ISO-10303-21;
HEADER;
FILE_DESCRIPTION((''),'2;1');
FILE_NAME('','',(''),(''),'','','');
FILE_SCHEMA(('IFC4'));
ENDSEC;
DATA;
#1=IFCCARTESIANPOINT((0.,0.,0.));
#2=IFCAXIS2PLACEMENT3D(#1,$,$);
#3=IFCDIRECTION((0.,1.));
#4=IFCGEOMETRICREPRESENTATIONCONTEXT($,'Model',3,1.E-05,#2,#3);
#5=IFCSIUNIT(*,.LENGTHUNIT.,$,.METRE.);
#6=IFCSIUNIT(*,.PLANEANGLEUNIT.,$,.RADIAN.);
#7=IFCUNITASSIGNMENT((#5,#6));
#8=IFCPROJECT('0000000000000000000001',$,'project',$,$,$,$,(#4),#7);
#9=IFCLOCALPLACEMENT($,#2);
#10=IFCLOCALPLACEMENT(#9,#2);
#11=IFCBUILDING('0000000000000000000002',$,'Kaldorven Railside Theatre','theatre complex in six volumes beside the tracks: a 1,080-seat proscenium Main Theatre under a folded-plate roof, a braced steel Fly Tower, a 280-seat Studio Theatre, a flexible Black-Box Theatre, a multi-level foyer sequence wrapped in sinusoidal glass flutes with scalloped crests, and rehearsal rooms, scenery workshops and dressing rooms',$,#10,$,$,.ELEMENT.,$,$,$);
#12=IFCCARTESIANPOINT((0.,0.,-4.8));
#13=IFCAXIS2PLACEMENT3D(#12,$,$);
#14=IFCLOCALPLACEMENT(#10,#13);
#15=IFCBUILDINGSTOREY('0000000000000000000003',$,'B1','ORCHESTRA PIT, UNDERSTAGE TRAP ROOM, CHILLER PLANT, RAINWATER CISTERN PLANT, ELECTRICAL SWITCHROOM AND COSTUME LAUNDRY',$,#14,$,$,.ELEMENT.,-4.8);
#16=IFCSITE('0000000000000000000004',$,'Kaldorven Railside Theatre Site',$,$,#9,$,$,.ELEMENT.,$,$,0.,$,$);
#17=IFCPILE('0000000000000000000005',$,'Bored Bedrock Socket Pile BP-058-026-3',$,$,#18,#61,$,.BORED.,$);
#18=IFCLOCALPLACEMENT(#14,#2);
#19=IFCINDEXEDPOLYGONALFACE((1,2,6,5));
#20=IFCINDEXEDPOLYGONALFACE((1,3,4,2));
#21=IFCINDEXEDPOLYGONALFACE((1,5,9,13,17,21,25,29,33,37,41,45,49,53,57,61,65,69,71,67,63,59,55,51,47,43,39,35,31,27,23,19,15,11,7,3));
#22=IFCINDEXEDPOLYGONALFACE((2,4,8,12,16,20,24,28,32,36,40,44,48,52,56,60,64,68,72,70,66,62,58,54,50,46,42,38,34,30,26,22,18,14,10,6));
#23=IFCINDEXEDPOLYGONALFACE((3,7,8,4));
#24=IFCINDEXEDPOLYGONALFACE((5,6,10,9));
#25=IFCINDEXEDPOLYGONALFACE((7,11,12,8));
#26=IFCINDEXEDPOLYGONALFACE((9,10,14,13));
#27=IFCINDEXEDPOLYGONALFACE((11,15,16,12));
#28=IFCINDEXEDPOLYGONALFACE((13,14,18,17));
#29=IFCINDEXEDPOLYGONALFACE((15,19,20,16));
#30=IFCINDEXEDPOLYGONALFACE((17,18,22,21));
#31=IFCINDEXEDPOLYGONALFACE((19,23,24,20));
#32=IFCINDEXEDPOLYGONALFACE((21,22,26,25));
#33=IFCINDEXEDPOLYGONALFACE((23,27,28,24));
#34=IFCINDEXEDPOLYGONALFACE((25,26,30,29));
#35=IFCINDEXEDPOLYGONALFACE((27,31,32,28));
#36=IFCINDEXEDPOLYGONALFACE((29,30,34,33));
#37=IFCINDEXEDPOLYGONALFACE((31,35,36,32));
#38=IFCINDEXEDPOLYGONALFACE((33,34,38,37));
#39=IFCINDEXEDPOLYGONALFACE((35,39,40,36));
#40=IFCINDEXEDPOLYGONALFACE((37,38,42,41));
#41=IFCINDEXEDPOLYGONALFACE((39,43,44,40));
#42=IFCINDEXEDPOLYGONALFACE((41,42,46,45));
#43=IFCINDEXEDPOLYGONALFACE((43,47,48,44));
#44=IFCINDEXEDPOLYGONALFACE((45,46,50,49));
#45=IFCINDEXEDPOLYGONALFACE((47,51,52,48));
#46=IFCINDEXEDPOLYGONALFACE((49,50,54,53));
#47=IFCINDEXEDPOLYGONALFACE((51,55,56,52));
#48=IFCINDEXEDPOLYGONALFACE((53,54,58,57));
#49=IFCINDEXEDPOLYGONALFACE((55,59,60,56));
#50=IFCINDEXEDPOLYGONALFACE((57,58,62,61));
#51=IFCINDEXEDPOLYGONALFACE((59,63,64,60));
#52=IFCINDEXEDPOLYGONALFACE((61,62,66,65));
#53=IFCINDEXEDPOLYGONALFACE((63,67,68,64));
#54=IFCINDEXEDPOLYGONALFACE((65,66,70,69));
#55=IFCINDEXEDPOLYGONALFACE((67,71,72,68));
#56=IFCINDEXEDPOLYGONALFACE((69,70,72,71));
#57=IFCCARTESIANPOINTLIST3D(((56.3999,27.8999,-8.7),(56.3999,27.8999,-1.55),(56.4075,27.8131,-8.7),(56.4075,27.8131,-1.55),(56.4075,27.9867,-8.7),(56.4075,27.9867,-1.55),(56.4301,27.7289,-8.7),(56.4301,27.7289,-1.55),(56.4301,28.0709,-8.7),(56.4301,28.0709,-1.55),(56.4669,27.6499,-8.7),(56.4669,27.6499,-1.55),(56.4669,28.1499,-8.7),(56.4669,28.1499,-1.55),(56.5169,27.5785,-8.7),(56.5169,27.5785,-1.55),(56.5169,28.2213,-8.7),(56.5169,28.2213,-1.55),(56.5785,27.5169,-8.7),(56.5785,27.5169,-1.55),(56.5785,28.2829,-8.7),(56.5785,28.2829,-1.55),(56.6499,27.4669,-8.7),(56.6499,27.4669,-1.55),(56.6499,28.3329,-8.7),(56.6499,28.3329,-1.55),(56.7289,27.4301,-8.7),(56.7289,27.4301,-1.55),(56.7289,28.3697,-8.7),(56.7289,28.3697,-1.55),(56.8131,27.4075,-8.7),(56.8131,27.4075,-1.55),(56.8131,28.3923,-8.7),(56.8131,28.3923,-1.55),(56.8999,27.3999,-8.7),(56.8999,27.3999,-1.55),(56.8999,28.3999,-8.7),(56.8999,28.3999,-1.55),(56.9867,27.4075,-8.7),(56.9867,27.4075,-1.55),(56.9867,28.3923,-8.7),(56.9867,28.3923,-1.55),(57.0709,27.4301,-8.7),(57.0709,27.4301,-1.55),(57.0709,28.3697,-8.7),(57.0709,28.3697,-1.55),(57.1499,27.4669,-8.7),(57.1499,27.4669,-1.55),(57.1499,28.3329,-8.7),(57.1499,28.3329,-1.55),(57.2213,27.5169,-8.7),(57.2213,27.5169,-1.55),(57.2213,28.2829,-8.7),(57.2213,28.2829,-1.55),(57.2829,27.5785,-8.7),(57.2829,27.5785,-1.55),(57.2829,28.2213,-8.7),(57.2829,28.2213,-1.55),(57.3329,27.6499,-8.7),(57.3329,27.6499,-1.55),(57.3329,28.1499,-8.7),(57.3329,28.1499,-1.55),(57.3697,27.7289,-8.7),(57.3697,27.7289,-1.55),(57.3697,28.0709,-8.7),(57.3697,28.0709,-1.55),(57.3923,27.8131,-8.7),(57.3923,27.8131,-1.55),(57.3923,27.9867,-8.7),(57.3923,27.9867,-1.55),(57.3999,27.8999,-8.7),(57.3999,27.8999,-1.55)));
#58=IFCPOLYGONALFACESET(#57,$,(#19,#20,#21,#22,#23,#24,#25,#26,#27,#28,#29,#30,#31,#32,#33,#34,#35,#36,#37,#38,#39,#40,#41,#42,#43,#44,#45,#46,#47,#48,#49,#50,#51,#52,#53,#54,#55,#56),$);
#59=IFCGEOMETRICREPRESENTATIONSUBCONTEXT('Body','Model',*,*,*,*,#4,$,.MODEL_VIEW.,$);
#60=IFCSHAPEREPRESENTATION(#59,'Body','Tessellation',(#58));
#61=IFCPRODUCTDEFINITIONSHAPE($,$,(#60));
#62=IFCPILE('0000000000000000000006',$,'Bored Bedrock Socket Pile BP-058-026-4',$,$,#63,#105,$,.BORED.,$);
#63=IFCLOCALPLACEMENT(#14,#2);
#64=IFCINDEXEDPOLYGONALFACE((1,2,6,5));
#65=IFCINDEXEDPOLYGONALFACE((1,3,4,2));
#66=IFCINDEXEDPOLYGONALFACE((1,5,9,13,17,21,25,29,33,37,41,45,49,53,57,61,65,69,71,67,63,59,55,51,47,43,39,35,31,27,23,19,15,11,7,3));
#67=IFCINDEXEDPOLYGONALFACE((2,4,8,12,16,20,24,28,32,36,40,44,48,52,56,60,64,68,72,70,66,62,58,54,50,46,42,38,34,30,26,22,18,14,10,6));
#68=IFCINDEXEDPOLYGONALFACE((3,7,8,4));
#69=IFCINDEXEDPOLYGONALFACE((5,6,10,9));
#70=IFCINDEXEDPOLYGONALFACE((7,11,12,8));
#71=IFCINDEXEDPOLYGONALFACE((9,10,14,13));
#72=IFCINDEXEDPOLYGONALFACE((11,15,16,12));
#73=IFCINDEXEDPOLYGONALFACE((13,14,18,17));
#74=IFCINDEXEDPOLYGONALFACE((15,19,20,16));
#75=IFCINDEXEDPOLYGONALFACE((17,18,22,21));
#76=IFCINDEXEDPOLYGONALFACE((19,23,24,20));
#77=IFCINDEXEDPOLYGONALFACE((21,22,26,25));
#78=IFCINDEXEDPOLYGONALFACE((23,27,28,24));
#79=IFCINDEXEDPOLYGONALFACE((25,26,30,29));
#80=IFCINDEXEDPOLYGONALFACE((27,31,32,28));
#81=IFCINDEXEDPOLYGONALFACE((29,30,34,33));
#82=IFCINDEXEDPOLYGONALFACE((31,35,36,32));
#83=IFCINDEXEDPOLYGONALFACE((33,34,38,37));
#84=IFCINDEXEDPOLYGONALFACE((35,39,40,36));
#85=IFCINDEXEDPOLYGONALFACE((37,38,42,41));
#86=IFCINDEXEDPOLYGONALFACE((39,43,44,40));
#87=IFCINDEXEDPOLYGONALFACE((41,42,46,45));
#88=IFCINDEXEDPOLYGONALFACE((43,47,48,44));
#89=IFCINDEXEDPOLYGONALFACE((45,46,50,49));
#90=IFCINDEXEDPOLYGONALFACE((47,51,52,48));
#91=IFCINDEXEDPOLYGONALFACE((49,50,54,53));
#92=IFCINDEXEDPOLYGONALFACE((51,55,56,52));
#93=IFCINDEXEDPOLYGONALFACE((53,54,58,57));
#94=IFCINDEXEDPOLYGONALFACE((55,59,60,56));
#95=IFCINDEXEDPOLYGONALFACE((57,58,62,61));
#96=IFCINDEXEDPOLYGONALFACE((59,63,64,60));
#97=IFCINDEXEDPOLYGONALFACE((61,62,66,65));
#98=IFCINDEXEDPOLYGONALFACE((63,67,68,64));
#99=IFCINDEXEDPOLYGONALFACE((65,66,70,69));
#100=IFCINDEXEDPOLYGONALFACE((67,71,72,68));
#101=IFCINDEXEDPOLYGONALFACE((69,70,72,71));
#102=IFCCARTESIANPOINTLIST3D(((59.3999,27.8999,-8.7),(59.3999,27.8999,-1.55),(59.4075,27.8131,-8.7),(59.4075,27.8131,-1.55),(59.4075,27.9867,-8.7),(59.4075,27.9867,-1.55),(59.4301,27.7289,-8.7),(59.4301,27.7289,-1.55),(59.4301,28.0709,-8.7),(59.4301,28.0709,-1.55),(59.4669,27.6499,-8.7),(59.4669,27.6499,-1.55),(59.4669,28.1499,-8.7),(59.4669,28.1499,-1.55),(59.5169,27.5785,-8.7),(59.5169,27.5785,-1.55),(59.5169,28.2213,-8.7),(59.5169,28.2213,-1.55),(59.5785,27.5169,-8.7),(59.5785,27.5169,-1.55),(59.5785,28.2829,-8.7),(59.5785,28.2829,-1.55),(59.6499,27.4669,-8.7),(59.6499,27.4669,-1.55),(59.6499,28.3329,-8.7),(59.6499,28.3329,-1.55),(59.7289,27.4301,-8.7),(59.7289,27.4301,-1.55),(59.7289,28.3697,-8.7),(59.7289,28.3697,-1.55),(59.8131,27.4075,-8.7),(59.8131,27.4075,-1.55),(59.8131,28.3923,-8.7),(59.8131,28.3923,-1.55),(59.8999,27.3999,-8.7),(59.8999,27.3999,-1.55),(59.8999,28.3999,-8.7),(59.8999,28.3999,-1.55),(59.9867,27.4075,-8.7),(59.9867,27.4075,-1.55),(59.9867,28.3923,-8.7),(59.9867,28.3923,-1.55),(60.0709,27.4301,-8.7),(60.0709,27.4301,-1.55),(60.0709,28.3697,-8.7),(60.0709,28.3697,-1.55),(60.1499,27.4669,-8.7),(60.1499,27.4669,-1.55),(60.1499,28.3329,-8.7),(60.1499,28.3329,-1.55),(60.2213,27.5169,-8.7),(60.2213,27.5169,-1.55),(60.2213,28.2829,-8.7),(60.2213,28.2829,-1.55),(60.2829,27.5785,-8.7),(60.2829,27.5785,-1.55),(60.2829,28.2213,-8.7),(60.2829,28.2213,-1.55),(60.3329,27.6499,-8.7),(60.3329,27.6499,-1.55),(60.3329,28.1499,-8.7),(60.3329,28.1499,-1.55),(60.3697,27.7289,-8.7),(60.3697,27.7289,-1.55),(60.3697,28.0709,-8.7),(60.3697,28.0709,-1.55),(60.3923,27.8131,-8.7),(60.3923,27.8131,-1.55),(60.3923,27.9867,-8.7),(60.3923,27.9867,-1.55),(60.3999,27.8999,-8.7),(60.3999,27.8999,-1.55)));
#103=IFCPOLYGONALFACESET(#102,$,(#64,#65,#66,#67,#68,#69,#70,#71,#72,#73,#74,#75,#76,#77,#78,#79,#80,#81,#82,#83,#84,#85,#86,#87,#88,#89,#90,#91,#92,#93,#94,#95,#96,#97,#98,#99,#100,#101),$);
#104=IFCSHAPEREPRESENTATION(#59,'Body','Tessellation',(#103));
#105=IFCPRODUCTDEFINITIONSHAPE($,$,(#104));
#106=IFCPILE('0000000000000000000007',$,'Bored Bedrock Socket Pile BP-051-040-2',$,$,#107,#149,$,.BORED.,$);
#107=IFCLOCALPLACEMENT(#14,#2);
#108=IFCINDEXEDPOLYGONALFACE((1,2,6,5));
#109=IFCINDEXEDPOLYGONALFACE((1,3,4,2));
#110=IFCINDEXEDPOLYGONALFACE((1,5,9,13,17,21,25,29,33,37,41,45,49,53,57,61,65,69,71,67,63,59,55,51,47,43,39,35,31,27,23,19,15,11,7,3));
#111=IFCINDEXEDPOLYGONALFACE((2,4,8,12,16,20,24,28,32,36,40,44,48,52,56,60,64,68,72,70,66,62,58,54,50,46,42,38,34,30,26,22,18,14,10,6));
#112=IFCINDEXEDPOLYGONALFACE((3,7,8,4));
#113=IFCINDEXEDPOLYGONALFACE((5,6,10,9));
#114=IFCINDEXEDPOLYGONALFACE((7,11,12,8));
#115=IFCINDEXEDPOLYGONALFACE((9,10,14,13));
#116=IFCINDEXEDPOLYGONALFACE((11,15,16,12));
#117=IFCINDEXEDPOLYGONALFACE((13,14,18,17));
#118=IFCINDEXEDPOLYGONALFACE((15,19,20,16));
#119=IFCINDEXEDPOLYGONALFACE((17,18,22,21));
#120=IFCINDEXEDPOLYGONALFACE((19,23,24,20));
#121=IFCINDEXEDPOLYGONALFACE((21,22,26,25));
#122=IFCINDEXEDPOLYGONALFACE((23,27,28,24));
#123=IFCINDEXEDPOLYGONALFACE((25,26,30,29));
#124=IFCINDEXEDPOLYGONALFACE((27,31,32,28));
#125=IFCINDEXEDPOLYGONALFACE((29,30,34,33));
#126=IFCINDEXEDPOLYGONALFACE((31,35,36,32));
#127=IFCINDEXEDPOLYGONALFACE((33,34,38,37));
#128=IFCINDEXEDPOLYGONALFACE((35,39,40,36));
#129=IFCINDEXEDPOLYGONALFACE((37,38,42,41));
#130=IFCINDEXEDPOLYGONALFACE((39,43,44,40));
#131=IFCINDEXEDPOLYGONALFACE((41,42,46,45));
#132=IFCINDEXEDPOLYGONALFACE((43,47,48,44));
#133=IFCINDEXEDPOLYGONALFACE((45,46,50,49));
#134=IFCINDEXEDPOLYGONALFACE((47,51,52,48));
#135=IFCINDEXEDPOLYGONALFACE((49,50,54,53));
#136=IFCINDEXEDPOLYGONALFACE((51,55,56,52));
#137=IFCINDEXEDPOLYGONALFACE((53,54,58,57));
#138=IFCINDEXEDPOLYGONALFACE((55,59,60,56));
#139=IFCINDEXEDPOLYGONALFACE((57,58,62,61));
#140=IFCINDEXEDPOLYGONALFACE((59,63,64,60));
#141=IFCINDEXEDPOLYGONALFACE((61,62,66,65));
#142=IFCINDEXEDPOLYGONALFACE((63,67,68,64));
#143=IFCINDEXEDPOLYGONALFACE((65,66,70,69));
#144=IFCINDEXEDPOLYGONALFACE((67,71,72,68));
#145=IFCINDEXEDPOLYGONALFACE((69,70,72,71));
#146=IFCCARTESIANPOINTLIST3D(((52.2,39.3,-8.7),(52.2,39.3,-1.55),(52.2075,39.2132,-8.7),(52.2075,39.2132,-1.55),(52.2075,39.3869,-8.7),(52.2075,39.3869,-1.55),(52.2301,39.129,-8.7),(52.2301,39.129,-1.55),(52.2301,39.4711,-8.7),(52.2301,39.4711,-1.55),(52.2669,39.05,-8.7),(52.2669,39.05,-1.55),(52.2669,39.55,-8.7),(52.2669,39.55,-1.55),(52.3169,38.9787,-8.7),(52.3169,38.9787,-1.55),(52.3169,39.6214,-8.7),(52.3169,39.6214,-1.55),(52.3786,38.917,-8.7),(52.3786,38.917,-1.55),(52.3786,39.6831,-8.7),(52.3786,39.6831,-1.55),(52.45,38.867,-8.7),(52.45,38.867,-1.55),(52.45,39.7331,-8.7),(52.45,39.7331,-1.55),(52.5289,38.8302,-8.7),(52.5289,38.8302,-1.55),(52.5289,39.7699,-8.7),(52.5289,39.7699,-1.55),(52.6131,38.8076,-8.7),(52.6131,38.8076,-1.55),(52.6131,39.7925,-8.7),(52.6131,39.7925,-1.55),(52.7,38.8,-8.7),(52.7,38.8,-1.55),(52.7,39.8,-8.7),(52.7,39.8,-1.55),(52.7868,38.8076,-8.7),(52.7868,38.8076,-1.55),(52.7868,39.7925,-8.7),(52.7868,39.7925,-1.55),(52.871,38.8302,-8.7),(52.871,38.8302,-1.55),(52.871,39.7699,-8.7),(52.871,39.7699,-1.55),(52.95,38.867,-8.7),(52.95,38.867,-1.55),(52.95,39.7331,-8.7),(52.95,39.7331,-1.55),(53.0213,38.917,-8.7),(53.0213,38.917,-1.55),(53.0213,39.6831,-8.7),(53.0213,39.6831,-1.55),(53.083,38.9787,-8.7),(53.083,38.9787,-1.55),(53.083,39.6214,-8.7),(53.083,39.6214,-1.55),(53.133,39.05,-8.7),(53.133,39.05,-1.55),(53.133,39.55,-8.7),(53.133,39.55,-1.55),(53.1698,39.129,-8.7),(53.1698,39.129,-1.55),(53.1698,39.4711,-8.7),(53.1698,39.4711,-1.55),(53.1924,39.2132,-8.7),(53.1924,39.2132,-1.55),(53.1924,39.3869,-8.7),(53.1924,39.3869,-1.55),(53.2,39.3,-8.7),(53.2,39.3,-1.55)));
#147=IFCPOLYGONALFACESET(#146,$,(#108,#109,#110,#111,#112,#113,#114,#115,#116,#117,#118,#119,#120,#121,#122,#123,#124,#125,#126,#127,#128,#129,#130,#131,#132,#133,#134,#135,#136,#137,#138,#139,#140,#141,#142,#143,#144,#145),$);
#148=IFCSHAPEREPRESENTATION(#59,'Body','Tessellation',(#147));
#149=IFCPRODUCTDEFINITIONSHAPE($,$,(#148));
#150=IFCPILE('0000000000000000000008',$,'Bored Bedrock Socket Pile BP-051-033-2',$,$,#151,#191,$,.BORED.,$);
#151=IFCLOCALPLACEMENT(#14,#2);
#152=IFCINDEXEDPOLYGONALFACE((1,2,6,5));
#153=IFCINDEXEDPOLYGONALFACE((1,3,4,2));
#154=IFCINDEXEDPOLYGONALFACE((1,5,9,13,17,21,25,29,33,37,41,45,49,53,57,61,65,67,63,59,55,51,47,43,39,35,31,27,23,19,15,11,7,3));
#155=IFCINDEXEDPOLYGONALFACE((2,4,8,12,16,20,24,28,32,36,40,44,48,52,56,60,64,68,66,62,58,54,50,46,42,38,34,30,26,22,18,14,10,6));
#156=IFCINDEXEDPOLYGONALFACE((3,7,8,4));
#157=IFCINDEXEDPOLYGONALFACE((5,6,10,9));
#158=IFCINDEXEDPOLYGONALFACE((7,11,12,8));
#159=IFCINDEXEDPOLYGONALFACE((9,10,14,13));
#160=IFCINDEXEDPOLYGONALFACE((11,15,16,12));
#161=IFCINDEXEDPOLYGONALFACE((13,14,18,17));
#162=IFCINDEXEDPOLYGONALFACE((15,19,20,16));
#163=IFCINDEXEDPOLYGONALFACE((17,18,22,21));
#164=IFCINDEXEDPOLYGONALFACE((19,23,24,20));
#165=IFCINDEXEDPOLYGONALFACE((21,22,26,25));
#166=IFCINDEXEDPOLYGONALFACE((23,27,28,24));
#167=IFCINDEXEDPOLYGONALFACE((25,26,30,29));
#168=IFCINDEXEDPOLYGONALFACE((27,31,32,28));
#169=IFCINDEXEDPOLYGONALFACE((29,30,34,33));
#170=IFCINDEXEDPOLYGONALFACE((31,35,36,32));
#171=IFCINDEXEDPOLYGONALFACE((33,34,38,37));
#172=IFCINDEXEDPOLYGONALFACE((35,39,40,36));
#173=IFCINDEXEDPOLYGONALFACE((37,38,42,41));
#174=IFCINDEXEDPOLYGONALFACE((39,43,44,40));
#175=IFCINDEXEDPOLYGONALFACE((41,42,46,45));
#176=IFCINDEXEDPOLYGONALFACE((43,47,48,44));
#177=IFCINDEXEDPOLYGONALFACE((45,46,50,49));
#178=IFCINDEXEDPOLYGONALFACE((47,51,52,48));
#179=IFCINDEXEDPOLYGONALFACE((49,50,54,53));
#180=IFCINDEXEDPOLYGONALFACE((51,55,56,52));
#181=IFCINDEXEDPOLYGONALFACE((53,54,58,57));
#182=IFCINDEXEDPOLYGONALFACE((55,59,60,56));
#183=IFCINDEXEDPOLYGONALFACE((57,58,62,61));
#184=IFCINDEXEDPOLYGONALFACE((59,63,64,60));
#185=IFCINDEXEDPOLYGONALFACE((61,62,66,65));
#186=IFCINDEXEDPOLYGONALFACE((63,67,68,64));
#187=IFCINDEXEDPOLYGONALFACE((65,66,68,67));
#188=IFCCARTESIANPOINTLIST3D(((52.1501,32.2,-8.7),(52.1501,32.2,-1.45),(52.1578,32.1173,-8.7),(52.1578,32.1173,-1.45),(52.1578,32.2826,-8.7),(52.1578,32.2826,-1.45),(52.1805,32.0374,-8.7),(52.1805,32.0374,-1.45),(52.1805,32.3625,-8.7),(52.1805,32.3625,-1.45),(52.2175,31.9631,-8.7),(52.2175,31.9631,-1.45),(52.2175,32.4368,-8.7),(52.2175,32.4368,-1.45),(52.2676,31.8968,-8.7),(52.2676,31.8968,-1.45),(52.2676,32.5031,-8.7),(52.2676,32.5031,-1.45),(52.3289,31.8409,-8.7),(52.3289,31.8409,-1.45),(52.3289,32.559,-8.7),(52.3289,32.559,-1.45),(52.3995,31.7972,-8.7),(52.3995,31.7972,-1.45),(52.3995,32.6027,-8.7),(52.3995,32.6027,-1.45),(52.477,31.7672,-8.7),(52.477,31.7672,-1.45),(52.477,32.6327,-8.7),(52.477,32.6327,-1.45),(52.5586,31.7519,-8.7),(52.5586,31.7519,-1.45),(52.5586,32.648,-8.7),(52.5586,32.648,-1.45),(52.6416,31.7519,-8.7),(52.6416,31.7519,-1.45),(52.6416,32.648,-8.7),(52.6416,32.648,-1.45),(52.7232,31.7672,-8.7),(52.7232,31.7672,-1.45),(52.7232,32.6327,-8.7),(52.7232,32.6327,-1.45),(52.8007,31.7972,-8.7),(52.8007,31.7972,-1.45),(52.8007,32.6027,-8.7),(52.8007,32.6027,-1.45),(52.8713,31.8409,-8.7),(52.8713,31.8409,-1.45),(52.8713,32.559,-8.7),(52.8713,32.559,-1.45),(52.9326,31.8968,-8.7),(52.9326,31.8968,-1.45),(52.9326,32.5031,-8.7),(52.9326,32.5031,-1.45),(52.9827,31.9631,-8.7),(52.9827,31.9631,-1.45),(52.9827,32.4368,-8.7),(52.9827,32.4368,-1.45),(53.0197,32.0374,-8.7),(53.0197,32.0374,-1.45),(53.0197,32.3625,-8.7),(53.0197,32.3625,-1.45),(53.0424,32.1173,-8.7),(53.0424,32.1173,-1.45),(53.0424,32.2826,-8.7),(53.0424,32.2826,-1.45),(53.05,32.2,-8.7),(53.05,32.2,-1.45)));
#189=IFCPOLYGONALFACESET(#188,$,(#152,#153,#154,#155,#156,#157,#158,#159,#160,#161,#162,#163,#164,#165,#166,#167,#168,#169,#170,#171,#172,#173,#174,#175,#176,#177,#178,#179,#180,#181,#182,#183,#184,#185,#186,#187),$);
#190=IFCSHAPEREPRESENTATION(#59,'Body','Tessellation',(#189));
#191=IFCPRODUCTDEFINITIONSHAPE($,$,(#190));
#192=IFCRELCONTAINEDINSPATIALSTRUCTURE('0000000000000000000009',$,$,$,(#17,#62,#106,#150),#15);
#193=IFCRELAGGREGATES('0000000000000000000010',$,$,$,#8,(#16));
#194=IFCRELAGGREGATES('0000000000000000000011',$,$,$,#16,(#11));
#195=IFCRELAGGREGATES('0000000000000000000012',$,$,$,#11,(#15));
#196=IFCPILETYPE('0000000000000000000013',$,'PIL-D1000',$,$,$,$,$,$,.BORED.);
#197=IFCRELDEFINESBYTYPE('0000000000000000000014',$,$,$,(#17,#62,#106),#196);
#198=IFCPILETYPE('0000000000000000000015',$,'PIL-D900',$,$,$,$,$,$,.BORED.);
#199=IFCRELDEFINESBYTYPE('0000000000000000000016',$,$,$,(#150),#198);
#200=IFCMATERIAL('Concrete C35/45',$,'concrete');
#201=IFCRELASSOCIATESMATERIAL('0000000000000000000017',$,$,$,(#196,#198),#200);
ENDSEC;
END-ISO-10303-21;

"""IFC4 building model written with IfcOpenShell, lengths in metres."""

from ifc_helpers import new_model, si_unit, direction, frame, origin, origin_2d, place, context, subcontext, project, spatial, circle, extrude, material, material_profile, profile_set, type_object, element, save


model = new_model("IFC4")

# Units and contexts
model_context = context("Model", 3, precision=1e-05, world=origin(), true_north=direction((0.0, 1.0)))
body_context = subcontext(model_context, "Body", "Model", "MODEL_VIEW")
ifc_project = project(units=[si_unit("LENGTHUNIT", "METRE"), si_unit("PLANEANGLEUNIT", "RADIAN")], contexts=[model_context])

# Site, building, storey
site_placement = place(None, origin())
site = spatial("IfcSite", under=ifc_project, at=site_placement, Name="Kaldorven Railside Theatre Site", CompositionType="ELEMENT", RefElevation=0.0)
building_placement = place(site_placement, origin())
building = spatial("IfcBuilding", under=site, at=building_placement, Name="Kaldorven Railside Theatre", Description="theatre complex in six volumes beside the tracks: a 1,080-seat proscenium Main Theatre under a folded-plate roof, a braced steel Fly Tower, a 280-seat Studio Theatre, a flexible Black-Box Theatre, a multi-level foyer sequence wrapped in sinusoidal glass flutes with scalloped crests, and rehearsal rooms, scenery workshops and dressing rooms", CompositionType="ELEMENT")
storey_placement = place(building_placement, frame((0.0, 0.0, -4.8)))
storey = spatial("IfcBuildingStorey", under=building, at=storey_placement, Name="B1", Description="ORCHESTRA PIT, UNDERSTAGE TRAP ROOM, CHILLER PLANT, RAINWATER CISTERN PLANT, ELECTRICAL SWITCHROOM AND COSTUME LAUNDRY", CompositionType="ELEMENT", Elevation=-4.8)

# Piles
ifc_material_1 = material(Name="Concrete C35/45", Category="concrete")
ifc_material_profile_1 = material_profile(ifc_material_1, circle(Radius=0.5, at=origin_2d()), Name="BP D1000")
ifc_profile_set_1 = profile_set([ifc_material_profile_1], Name="Concrete C35/45")
pile_type_1 = type_object("IfcPileType", Name="PIL-D1000", PredefinedType="BORED", material=ifc_profile_set_1)
for number, where, z_axis, x_axis, name in (
    (1, (56.8999, 27.8999, -1.55), (0.0, 0.0, -1.0), (1.0, 0.0, 0.0), "Bored Bedrock Socket Pile BP-058-026-3"),
    (2, (59.8999, 27.8999, -1.55), (0.0, 0.0, -1.0), (1.0, 0.0, 0.0), "Bored Bedrock Socket Pile BP-058-026-4"),
    (3, (52.7, 39.3, -1.55), (0.0, 0.0, -1.0), (1.0, 0.0, 0.0), "Bored Bedrock Socket Pile BP-051-040-2"),
):
    element("IfcPile", number, at=place(storey_placement, frame(where, z_axis=z_axis, x_axis=x_axis)), inside=storey, type_object=pile_type_1, Name=name, PredefinedType="BORED", context=body_context, shape_type="SweptSolid", body=[
        extrude(circle(Radius=0.5, at=origin_2d()), origin(), (0.0, 0.0, 1.0), 7.1499),
    ])
ifc_material_profile_2 = material_profile(ifc_material_1, circle(Radius=0.45, at=origin_2d()), Name="BP D900")
ifc_profile_set_2 = profile_set([ifc_material_profile_2], Name="Concrete C35/45")
pile_type_2 = type_object("IfcPileType", Name="PIL-D900", PredefinedType="BORED", material=ifc_profile_set_2)
for number, where, z_axis, x_axis, name in (
    (4, (52.6001, 32.2, -1.45), (0.0, 0.0, -1.0), (1.0, 0.0, 0.0), "Bored Bedrock Socket Pile BP-051-033-2"),
):
    element("IfcPile", number, at=place(storey_placement, frame(where, z_axis=z_axis, x_axis=x_axis)), inside=storey, type_object=pile_type_2, Name=name, PredefinedType="BORED", context=body_context, shape_type="SweptSolid", body=[
        extrude(circle(Radius=0.45, at=origin_2d()), origin(), (0.0, 0.0, 1.0), 7.25),
    ])

save(model, "model.ifc")
